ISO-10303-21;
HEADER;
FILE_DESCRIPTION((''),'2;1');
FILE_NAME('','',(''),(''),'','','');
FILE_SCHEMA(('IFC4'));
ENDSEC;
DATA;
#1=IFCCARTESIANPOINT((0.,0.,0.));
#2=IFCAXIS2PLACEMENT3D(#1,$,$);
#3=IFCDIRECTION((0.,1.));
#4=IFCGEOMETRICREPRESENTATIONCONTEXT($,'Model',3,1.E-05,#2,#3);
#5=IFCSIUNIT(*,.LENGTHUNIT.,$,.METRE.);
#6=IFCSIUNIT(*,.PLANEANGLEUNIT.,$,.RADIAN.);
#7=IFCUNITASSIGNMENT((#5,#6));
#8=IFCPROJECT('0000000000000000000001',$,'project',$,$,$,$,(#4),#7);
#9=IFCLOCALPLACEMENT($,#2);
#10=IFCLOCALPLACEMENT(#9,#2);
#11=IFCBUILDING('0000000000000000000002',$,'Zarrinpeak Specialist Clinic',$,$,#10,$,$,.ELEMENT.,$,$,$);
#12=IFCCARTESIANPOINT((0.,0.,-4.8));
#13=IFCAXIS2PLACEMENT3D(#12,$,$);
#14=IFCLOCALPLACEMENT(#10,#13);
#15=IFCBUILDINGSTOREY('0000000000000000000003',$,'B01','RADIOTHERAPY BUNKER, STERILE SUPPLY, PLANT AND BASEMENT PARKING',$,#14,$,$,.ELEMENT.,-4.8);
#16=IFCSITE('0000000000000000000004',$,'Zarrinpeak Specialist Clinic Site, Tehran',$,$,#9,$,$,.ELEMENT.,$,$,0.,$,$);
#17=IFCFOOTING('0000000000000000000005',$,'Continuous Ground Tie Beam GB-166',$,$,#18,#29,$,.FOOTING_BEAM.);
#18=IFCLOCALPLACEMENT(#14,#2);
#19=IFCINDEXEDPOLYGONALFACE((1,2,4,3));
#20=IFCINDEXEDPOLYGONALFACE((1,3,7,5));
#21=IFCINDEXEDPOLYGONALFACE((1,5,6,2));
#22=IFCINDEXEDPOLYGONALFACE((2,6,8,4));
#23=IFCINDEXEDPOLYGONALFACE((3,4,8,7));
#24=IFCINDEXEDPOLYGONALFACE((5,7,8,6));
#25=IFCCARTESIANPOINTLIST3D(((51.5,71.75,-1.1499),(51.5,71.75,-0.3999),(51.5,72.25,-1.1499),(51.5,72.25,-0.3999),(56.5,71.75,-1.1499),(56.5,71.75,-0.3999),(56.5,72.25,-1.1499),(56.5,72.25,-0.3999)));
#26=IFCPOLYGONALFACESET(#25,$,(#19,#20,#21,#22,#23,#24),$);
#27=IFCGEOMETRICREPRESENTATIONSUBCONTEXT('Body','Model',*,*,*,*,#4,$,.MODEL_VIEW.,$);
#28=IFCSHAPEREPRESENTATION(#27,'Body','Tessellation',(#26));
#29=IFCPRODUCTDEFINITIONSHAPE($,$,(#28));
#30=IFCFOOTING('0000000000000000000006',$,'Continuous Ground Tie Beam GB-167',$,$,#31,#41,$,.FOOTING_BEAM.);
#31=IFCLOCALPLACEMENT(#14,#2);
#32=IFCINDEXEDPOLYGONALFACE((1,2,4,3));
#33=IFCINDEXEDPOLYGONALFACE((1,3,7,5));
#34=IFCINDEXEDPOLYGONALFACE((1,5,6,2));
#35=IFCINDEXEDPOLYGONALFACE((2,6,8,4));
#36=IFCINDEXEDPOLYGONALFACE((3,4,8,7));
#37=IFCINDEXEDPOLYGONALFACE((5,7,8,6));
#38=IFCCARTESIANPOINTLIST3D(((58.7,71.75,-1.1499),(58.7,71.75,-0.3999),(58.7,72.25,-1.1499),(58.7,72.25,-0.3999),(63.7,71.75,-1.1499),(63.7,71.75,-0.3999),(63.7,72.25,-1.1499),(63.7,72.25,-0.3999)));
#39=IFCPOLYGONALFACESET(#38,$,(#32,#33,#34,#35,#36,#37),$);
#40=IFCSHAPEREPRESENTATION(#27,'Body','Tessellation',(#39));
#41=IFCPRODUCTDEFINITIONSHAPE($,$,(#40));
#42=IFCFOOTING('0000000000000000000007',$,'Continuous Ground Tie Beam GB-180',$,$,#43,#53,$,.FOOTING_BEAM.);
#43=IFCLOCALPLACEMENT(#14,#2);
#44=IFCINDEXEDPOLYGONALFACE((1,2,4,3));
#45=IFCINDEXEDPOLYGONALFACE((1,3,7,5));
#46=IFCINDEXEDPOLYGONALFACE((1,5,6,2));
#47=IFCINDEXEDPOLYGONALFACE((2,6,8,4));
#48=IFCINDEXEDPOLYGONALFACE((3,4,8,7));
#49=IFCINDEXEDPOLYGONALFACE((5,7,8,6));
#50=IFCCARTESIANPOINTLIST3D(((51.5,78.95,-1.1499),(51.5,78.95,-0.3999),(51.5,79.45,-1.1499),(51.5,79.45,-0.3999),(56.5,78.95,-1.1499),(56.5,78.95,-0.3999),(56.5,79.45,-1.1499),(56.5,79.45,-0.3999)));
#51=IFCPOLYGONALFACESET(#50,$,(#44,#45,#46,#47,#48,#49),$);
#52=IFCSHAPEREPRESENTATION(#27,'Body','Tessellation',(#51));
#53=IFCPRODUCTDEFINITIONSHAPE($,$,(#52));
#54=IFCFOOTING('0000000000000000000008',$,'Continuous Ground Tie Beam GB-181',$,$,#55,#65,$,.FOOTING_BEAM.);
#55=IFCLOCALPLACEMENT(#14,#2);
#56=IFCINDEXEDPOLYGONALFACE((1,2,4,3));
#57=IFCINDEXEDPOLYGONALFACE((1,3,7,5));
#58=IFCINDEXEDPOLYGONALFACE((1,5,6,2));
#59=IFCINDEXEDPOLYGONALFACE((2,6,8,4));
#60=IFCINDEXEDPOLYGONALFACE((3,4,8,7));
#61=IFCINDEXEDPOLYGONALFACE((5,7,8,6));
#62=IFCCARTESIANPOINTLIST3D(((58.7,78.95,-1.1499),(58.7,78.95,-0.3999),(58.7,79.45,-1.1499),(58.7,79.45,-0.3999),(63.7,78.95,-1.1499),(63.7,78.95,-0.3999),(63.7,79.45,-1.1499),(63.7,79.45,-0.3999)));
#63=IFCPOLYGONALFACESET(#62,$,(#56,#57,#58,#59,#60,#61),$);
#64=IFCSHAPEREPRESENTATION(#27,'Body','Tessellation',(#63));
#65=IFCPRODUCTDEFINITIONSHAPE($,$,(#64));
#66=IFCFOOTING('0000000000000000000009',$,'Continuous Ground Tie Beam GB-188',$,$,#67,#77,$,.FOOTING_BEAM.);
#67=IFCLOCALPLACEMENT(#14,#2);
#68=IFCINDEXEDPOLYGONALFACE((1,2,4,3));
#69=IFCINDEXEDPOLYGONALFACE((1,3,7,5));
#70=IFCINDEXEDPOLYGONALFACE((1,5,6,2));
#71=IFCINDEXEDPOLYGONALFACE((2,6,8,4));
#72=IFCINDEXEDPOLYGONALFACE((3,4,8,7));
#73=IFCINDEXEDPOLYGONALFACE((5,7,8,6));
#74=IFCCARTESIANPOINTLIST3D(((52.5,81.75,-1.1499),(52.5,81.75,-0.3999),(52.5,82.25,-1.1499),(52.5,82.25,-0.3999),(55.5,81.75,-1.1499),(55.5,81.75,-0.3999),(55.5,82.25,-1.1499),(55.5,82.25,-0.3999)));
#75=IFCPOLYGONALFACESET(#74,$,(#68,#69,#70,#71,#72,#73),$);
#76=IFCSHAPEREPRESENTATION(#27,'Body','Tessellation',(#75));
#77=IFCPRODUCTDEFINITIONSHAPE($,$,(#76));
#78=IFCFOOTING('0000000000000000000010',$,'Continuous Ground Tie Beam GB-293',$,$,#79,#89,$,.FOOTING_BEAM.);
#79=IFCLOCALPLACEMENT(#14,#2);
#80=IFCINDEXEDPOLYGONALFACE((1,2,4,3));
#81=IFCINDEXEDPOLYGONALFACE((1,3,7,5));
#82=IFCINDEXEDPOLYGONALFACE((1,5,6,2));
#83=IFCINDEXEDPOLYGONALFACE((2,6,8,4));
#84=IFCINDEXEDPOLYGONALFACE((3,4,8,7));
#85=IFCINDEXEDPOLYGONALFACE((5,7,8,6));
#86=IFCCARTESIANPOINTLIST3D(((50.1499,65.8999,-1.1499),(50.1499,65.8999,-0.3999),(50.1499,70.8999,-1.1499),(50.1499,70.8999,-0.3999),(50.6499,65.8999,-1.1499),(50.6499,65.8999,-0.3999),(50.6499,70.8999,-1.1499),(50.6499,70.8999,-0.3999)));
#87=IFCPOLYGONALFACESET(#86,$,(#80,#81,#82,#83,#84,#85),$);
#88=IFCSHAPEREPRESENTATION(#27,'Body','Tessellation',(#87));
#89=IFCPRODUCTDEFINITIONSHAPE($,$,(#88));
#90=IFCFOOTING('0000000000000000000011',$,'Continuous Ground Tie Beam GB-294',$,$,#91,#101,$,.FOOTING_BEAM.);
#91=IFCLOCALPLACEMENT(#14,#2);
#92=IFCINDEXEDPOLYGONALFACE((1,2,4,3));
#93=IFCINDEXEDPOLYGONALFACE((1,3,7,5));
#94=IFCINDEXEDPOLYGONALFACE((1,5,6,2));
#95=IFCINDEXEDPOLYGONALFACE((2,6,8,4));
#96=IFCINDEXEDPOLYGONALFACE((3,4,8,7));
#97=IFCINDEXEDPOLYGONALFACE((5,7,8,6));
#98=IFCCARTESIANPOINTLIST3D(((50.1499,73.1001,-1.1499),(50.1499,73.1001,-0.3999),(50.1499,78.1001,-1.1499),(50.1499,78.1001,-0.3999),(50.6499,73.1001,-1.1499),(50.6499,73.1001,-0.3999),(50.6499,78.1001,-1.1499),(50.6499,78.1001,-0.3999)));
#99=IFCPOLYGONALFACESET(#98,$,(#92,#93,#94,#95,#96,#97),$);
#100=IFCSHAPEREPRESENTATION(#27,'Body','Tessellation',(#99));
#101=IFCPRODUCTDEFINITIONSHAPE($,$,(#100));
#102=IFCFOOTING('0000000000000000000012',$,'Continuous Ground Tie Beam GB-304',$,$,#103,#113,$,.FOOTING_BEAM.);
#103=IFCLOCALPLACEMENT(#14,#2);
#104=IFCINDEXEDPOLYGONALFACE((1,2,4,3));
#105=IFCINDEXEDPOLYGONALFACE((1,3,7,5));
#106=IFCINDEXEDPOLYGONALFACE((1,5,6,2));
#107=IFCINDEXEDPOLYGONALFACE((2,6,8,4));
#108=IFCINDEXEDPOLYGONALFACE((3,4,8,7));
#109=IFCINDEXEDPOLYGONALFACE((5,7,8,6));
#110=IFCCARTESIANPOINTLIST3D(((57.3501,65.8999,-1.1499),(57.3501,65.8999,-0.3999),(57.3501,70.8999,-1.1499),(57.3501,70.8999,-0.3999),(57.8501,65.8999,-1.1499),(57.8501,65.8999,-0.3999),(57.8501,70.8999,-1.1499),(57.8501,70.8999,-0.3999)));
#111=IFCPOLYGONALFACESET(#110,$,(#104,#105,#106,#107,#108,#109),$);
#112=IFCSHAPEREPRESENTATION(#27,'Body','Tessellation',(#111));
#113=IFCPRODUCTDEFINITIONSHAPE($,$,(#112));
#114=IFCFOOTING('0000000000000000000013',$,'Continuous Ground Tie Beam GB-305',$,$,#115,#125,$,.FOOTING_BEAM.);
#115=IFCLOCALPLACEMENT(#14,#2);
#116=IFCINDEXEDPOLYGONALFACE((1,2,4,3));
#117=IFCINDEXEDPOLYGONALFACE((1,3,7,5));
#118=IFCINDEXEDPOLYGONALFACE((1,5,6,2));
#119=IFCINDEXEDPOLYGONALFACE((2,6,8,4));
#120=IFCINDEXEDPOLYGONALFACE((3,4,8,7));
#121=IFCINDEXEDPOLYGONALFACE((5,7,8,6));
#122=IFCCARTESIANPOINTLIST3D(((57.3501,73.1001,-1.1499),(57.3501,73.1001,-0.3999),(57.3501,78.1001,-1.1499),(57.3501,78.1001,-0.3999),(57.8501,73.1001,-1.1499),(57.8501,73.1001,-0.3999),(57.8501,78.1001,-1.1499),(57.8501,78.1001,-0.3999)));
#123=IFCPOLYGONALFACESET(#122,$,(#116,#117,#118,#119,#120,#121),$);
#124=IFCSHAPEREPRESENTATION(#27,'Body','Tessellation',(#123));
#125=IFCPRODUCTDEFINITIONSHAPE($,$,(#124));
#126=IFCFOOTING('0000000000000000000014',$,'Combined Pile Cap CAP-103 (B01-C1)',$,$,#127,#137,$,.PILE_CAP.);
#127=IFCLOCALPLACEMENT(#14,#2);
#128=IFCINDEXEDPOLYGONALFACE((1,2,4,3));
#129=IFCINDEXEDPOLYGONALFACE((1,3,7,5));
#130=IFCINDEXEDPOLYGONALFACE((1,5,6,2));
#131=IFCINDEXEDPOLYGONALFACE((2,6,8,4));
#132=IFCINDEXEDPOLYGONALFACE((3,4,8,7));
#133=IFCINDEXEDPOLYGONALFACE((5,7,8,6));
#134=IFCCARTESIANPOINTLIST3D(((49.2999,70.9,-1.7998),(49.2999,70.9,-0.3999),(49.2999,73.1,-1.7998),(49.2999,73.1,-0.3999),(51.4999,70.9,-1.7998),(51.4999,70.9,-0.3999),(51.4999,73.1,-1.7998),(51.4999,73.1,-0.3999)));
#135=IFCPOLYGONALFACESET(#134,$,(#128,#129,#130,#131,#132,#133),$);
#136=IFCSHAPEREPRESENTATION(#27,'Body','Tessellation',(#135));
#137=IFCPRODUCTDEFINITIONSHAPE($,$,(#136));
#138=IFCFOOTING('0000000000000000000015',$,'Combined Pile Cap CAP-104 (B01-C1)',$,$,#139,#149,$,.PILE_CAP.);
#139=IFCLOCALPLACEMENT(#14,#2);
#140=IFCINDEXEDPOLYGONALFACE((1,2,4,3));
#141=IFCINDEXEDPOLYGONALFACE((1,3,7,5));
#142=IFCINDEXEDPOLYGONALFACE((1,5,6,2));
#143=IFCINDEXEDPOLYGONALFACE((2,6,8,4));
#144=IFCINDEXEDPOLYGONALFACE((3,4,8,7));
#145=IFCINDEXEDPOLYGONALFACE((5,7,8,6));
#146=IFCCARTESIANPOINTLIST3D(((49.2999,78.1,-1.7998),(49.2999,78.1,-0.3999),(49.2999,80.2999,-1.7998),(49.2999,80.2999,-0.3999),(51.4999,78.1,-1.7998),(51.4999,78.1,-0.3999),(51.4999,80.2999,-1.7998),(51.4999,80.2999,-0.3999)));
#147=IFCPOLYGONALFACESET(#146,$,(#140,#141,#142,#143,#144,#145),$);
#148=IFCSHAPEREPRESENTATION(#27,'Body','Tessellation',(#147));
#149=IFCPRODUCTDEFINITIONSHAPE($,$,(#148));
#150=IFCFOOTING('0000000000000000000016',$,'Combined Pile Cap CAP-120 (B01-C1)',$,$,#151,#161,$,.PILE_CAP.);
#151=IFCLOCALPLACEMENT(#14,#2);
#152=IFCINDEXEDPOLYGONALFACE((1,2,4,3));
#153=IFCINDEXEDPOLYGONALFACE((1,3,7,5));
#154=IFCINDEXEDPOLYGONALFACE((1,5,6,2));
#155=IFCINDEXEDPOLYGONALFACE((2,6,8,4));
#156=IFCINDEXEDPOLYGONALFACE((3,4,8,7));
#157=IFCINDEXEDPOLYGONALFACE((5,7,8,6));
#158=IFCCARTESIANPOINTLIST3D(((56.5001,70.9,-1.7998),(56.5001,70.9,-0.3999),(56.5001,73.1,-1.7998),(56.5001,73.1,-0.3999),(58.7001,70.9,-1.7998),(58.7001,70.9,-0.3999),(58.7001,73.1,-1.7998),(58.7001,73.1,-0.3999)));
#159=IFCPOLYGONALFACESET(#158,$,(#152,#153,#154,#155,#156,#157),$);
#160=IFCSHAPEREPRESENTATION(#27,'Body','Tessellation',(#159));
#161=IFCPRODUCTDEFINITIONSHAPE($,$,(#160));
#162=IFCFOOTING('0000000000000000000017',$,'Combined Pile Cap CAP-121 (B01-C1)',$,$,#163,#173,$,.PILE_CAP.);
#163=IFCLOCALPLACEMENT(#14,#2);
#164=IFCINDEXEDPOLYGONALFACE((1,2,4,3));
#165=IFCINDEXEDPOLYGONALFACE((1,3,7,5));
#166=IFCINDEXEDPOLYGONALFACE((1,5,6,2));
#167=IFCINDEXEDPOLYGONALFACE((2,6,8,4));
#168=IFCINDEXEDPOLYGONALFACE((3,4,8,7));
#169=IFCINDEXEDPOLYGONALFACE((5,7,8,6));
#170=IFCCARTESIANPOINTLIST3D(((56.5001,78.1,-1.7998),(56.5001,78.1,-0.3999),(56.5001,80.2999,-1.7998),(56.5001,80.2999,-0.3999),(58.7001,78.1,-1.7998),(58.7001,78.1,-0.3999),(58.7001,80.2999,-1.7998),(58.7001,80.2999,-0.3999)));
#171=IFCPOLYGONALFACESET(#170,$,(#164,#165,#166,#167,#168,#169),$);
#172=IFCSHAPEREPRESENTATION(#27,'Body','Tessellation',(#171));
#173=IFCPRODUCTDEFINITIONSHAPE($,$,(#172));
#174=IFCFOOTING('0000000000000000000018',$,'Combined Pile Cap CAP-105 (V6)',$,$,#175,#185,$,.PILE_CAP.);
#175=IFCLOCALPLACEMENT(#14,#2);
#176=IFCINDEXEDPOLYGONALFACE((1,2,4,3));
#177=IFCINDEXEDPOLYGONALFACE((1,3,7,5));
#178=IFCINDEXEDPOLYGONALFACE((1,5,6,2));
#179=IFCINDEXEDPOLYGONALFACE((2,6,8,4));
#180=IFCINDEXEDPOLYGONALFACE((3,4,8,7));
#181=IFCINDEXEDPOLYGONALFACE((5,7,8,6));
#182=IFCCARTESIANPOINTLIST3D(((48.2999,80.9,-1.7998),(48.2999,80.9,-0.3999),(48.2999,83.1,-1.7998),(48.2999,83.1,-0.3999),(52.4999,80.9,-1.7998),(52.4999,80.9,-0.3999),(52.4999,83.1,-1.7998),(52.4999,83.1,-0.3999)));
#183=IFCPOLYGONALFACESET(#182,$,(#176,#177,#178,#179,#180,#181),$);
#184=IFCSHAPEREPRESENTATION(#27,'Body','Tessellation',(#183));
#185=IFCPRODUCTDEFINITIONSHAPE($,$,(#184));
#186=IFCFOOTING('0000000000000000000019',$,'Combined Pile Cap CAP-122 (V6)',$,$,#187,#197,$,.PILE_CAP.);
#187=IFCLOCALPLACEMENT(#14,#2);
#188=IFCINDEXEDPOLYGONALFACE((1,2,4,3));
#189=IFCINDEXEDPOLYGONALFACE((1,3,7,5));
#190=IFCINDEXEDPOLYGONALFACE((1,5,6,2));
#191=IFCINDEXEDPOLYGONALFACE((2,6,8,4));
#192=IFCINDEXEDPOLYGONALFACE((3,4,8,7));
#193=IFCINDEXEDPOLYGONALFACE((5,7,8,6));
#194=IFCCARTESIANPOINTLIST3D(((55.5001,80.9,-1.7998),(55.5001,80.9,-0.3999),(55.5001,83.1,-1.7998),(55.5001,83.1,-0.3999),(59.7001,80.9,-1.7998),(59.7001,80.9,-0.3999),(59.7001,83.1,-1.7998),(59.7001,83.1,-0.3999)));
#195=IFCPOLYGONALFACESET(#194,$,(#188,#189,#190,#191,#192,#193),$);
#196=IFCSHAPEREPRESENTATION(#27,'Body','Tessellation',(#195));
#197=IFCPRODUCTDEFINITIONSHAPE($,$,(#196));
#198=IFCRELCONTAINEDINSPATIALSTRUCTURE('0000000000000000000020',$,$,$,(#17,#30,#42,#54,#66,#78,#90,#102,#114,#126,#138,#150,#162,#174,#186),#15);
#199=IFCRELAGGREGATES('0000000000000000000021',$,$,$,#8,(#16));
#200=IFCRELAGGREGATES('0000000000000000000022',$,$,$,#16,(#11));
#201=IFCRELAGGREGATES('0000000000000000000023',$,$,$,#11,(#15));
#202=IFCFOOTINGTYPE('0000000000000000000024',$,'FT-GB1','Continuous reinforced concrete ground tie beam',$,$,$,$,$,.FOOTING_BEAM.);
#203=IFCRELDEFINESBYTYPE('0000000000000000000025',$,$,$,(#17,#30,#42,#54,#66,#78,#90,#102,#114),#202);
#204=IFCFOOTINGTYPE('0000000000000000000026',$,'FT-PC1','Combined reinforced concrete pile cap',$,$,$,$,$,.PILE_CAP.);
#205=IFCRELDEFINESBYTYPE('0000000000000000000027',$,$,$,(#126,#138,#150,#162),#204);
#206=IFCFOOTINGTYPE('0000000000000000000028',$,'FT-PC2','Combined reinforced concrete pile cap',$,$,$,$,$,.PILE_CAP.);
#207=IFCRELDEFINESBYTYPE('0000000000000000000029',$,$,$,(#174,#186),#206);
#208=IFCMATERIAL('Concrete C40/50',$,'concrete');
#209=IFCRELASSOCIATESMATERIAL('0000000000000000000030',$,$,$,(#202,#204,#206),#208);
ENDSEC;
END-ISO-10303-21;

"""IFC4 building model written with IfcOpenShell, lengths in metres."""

from ifc_helpers import new_model, si_unit, direction, frame, origin, origin_2d, place, context, subcontext, project, spatial, rectangle, extrude, material, material_profile, profile_set, type_object, element, save


model = new_model("IFC4")

# Units and contexts
model_context = context("Model", 3, precision=1e-05, world=origin(), true_north=direction((0.0, 1.0)))
body_context = subcontext(model_context, "Body", "Model", "MODEL_VIEW")
ifc_project = project(units=[si_unit("LENGTHUNIT", "METRE"), si_unit("PLANEANGLEUNIT", "RADIAN")], contexts=[model_context])

# Site, building, storey
site_placement = place(None, origin())
site = spatial("IfcSite", under=ifc_project, at=site_placement, Name="Zarrinpeak Specialist Clinic Site, Tehran", CompositionType="ELEMENT", RefElevation=0.0)
building_placement = place(site_placement, origin())
building = spatial("IfcBuilding", under=site, at=building_placement, Name="Zarrinpeak Specialist Clinic", CompositionType="ELEMENT")
storey_placement = place(building_placement, frame((0.0, 0.0, -4.8)))
storey = spatial("IfcBuildingStorey", under=building, at=storey_placement, Name="B01", Description="RADIOTHERAPY BUNKER, STERILE SUPPLY, PLANT AND BASEMENT PARKING", CompositionType="ELEMENT", Elevation=-4.8)

# Footings
ifc_material_1 = material(Name="Concrete C40/50", Category="concrete")
ifc_material_profile_1 = material_profile(ifc_material_1, rectangle(XDim=0.5, YDim=0.75, at=origin_2d()), Name="RC 500x750")
ifc_profile_set_1 = profile_set([ifc_material_profile_1], Name="Concrete C40/50")
footing_type_1 = type_object("IfcFootingType", Name="FT-GB1", Description="Continuous reinforced concrete ground tie beam", PredefinedType="FOOTING_BEAM", material=ifc_profile_set_1)
for number, where, z_axis, x_axis, name in (
    (1, (51.5, 72.0, -0.7749), (1.0, 0.0, 0.0), (0.0, 1.0, 0.0), "Continuous Ground Tie Beam GB-166"),
    (2, (58.7, 72.0, -0.7749), (1.0, 0.0, 0.0), (0.0, 1.0, 0.0), "Continuous Ground Tie Beam GB-167"),
    (3, (51.5, 79.2, -0.7749), (1.0, 0.0, 0.0), (0.0, 1.0, 0.0), "Continuous Ground Tie Beam GB-180"),
    (4, (58.7, 79.2, -0.7749), (1.0, 0.0, 0.0), (0.0, 1.0, 0.0), "Continuous Ground Tie Beam GB-181"),
):
    element("IfcFooting", number, at=place(storey_placement, frame(where, z_axis=z_axis, x_axis=x_axis)), inside=storey, type_object=footing_type_1, Name=name, PredefinedType="FOOTING_BEAM", context=body_context, shape_type="SweptSolid", body=[
        extrude(rectangle(XDim=0.5, YDim=0.75, at=origin_2d()), origin(), (0.0, 0.0, 1.0), 5.0),
    ])
footing_placement = place(storey_placement, frame((52.5, 82.0, -0.7749), z_axis=(1.0, 0.0, 0.0), x_axis=(0.0, 1.0, 0.0)))
element("IfcFooting", 5, at=footing_placement, inside=storey, type_object=footing_type_1, Name="Continuous Ground Tie Beam GB-188", PredefinedType="FOOTING_BEAM", context=body_context, shape_type="SweptSolid", body=[
    extrude(rectangle(XDim=0.5, YDim=0.75, at=origin_2d()), origin(), (0.0, 0.0, 1.0), 3.0),
])
for number, where, z_axis, x_axis, name in (
    (6, (50.3999, 65.8999, -0.7749), (0.0, 1.0, 0.0), (-1.0, 0.0, 0.0), "Continuous Ground Tie Beam GB-293"),
    (7, (50.3999, 73.1001, -0.7749), (0.0, 1.0, 0.0), (-1.0, 0.0, 0.0), "Continuous Ground Tie Beam GB-294"),
    (8, (57.6001, 65.8999, -0.7749), (0.0, 1.0, 0.0), (-1.0, 0.0, 0.0), "Continuous Ground Tie Beam GB-304"),
    (9, (57.6001, 73.1001, -0.7749), (0.0, 1.0, 0.0), (-1.0, 0.0, 0.0), "Continuous Ground Tie Beam GB-305"),
):
    element("IfcFooting", number, at=place(storey_placement, frame(where, z_axis=z_axis, x_axis=x_axis)), inside=storey, type_object=footing_type_1, Name=name, PredefinedType="FOOTING_BEAM", context=body_context, shape_type="SweptSolid", body=[
        extrude(rectangle(XDim=0.5, YDim=0.75, at=origin_2d()), origin(), (0.0, 0.0, 1.0), 5.0),
    ])
footing_type_2 = type_object("IfcFootingType", Name="FT-PC1", Description="Combined reinforced concrete pile cap", PredefinedType="PILE_CAP", material=ifc_material_1)
for number, where, z_axis, x_axis, name in (
    (10, (50.3999, 72.0, -1.7998), (0.0, 0.0, 1.0), (1.0, 0.0, 0.0), "Combined Pile Cap CAP-103 (B01-C1)"),
    (11, (50.3999, 79.2, -1.7998), (0.0, 0.0, 1.0), (1.0, 0.0, 0.0), "Combined Pile Cap CAP-104 (B01-C1)"),
    (12, (57.6001, 72.0, -1.7998), (0.0, 0.0, 1.0), (1.0, 0.0, 0.0), "Combined Pile Cap CAP-120 (B01-C1)"),
    (13, (57.6001, 79.2, -1.7998), (0.0, 0.0, 1.0), (1.0, 0.0, 0.0), "Combined Pile Cap CAP-121 (B01-C1)"),
):
    element("IfcFooting", number, at=place(storey_placement, frame(where, z_axis=z_axis, x_axis=x_axis)), inside=storey, type_object=footing_type_2, Name=name, PredefinedType="PILE_CAP", context=body_context, shape_type="SweptSolid", body=[
        extrude(rectangle(XDim=2.2, YDim=2.2, at=origin_2d()), origin(), (0.0, 0.0, 1.0), 1.3999),
    ])
footing_type_3 = type_object("IfcFootingType", Name="FT-PC2", Description="Combined reinforced concrete pile cap", PredefinedType="PILE_CAP", material=ifc_material_1)
for number, where, z_axis, x_axis, name in (
    (14, (50.3999, 82.0, -1.7998), (0.0, 0.0, 1.0), (1.0, 0.0, 0.0), "Combined Pile Cap CAP-105 (V6)"),
    (15, (57.6001, 82.0, -1.7998), (0.0, 0.0, 1.0), (1.0, 0.0, 0.0), "Combined Pile Cap CAP-122 (V6)"),
):
    element("IfcFooting", number, at=place(storey_placement, frame(where, z_axis=z_axis, x_axis=x_axis)), inside=storey, type_object=footing_type_3, Name=name, PredefinedType="PILE_CAP", context=body_context, shape_type="SweptSolid", body=[
        extrude(rectangle(XDim=4.2, YDim=2.2, at=origin_2d()), origin(), (0.0, 0.0, 1.0), 1.3999),
    ])

save(model, "model.ifc")
